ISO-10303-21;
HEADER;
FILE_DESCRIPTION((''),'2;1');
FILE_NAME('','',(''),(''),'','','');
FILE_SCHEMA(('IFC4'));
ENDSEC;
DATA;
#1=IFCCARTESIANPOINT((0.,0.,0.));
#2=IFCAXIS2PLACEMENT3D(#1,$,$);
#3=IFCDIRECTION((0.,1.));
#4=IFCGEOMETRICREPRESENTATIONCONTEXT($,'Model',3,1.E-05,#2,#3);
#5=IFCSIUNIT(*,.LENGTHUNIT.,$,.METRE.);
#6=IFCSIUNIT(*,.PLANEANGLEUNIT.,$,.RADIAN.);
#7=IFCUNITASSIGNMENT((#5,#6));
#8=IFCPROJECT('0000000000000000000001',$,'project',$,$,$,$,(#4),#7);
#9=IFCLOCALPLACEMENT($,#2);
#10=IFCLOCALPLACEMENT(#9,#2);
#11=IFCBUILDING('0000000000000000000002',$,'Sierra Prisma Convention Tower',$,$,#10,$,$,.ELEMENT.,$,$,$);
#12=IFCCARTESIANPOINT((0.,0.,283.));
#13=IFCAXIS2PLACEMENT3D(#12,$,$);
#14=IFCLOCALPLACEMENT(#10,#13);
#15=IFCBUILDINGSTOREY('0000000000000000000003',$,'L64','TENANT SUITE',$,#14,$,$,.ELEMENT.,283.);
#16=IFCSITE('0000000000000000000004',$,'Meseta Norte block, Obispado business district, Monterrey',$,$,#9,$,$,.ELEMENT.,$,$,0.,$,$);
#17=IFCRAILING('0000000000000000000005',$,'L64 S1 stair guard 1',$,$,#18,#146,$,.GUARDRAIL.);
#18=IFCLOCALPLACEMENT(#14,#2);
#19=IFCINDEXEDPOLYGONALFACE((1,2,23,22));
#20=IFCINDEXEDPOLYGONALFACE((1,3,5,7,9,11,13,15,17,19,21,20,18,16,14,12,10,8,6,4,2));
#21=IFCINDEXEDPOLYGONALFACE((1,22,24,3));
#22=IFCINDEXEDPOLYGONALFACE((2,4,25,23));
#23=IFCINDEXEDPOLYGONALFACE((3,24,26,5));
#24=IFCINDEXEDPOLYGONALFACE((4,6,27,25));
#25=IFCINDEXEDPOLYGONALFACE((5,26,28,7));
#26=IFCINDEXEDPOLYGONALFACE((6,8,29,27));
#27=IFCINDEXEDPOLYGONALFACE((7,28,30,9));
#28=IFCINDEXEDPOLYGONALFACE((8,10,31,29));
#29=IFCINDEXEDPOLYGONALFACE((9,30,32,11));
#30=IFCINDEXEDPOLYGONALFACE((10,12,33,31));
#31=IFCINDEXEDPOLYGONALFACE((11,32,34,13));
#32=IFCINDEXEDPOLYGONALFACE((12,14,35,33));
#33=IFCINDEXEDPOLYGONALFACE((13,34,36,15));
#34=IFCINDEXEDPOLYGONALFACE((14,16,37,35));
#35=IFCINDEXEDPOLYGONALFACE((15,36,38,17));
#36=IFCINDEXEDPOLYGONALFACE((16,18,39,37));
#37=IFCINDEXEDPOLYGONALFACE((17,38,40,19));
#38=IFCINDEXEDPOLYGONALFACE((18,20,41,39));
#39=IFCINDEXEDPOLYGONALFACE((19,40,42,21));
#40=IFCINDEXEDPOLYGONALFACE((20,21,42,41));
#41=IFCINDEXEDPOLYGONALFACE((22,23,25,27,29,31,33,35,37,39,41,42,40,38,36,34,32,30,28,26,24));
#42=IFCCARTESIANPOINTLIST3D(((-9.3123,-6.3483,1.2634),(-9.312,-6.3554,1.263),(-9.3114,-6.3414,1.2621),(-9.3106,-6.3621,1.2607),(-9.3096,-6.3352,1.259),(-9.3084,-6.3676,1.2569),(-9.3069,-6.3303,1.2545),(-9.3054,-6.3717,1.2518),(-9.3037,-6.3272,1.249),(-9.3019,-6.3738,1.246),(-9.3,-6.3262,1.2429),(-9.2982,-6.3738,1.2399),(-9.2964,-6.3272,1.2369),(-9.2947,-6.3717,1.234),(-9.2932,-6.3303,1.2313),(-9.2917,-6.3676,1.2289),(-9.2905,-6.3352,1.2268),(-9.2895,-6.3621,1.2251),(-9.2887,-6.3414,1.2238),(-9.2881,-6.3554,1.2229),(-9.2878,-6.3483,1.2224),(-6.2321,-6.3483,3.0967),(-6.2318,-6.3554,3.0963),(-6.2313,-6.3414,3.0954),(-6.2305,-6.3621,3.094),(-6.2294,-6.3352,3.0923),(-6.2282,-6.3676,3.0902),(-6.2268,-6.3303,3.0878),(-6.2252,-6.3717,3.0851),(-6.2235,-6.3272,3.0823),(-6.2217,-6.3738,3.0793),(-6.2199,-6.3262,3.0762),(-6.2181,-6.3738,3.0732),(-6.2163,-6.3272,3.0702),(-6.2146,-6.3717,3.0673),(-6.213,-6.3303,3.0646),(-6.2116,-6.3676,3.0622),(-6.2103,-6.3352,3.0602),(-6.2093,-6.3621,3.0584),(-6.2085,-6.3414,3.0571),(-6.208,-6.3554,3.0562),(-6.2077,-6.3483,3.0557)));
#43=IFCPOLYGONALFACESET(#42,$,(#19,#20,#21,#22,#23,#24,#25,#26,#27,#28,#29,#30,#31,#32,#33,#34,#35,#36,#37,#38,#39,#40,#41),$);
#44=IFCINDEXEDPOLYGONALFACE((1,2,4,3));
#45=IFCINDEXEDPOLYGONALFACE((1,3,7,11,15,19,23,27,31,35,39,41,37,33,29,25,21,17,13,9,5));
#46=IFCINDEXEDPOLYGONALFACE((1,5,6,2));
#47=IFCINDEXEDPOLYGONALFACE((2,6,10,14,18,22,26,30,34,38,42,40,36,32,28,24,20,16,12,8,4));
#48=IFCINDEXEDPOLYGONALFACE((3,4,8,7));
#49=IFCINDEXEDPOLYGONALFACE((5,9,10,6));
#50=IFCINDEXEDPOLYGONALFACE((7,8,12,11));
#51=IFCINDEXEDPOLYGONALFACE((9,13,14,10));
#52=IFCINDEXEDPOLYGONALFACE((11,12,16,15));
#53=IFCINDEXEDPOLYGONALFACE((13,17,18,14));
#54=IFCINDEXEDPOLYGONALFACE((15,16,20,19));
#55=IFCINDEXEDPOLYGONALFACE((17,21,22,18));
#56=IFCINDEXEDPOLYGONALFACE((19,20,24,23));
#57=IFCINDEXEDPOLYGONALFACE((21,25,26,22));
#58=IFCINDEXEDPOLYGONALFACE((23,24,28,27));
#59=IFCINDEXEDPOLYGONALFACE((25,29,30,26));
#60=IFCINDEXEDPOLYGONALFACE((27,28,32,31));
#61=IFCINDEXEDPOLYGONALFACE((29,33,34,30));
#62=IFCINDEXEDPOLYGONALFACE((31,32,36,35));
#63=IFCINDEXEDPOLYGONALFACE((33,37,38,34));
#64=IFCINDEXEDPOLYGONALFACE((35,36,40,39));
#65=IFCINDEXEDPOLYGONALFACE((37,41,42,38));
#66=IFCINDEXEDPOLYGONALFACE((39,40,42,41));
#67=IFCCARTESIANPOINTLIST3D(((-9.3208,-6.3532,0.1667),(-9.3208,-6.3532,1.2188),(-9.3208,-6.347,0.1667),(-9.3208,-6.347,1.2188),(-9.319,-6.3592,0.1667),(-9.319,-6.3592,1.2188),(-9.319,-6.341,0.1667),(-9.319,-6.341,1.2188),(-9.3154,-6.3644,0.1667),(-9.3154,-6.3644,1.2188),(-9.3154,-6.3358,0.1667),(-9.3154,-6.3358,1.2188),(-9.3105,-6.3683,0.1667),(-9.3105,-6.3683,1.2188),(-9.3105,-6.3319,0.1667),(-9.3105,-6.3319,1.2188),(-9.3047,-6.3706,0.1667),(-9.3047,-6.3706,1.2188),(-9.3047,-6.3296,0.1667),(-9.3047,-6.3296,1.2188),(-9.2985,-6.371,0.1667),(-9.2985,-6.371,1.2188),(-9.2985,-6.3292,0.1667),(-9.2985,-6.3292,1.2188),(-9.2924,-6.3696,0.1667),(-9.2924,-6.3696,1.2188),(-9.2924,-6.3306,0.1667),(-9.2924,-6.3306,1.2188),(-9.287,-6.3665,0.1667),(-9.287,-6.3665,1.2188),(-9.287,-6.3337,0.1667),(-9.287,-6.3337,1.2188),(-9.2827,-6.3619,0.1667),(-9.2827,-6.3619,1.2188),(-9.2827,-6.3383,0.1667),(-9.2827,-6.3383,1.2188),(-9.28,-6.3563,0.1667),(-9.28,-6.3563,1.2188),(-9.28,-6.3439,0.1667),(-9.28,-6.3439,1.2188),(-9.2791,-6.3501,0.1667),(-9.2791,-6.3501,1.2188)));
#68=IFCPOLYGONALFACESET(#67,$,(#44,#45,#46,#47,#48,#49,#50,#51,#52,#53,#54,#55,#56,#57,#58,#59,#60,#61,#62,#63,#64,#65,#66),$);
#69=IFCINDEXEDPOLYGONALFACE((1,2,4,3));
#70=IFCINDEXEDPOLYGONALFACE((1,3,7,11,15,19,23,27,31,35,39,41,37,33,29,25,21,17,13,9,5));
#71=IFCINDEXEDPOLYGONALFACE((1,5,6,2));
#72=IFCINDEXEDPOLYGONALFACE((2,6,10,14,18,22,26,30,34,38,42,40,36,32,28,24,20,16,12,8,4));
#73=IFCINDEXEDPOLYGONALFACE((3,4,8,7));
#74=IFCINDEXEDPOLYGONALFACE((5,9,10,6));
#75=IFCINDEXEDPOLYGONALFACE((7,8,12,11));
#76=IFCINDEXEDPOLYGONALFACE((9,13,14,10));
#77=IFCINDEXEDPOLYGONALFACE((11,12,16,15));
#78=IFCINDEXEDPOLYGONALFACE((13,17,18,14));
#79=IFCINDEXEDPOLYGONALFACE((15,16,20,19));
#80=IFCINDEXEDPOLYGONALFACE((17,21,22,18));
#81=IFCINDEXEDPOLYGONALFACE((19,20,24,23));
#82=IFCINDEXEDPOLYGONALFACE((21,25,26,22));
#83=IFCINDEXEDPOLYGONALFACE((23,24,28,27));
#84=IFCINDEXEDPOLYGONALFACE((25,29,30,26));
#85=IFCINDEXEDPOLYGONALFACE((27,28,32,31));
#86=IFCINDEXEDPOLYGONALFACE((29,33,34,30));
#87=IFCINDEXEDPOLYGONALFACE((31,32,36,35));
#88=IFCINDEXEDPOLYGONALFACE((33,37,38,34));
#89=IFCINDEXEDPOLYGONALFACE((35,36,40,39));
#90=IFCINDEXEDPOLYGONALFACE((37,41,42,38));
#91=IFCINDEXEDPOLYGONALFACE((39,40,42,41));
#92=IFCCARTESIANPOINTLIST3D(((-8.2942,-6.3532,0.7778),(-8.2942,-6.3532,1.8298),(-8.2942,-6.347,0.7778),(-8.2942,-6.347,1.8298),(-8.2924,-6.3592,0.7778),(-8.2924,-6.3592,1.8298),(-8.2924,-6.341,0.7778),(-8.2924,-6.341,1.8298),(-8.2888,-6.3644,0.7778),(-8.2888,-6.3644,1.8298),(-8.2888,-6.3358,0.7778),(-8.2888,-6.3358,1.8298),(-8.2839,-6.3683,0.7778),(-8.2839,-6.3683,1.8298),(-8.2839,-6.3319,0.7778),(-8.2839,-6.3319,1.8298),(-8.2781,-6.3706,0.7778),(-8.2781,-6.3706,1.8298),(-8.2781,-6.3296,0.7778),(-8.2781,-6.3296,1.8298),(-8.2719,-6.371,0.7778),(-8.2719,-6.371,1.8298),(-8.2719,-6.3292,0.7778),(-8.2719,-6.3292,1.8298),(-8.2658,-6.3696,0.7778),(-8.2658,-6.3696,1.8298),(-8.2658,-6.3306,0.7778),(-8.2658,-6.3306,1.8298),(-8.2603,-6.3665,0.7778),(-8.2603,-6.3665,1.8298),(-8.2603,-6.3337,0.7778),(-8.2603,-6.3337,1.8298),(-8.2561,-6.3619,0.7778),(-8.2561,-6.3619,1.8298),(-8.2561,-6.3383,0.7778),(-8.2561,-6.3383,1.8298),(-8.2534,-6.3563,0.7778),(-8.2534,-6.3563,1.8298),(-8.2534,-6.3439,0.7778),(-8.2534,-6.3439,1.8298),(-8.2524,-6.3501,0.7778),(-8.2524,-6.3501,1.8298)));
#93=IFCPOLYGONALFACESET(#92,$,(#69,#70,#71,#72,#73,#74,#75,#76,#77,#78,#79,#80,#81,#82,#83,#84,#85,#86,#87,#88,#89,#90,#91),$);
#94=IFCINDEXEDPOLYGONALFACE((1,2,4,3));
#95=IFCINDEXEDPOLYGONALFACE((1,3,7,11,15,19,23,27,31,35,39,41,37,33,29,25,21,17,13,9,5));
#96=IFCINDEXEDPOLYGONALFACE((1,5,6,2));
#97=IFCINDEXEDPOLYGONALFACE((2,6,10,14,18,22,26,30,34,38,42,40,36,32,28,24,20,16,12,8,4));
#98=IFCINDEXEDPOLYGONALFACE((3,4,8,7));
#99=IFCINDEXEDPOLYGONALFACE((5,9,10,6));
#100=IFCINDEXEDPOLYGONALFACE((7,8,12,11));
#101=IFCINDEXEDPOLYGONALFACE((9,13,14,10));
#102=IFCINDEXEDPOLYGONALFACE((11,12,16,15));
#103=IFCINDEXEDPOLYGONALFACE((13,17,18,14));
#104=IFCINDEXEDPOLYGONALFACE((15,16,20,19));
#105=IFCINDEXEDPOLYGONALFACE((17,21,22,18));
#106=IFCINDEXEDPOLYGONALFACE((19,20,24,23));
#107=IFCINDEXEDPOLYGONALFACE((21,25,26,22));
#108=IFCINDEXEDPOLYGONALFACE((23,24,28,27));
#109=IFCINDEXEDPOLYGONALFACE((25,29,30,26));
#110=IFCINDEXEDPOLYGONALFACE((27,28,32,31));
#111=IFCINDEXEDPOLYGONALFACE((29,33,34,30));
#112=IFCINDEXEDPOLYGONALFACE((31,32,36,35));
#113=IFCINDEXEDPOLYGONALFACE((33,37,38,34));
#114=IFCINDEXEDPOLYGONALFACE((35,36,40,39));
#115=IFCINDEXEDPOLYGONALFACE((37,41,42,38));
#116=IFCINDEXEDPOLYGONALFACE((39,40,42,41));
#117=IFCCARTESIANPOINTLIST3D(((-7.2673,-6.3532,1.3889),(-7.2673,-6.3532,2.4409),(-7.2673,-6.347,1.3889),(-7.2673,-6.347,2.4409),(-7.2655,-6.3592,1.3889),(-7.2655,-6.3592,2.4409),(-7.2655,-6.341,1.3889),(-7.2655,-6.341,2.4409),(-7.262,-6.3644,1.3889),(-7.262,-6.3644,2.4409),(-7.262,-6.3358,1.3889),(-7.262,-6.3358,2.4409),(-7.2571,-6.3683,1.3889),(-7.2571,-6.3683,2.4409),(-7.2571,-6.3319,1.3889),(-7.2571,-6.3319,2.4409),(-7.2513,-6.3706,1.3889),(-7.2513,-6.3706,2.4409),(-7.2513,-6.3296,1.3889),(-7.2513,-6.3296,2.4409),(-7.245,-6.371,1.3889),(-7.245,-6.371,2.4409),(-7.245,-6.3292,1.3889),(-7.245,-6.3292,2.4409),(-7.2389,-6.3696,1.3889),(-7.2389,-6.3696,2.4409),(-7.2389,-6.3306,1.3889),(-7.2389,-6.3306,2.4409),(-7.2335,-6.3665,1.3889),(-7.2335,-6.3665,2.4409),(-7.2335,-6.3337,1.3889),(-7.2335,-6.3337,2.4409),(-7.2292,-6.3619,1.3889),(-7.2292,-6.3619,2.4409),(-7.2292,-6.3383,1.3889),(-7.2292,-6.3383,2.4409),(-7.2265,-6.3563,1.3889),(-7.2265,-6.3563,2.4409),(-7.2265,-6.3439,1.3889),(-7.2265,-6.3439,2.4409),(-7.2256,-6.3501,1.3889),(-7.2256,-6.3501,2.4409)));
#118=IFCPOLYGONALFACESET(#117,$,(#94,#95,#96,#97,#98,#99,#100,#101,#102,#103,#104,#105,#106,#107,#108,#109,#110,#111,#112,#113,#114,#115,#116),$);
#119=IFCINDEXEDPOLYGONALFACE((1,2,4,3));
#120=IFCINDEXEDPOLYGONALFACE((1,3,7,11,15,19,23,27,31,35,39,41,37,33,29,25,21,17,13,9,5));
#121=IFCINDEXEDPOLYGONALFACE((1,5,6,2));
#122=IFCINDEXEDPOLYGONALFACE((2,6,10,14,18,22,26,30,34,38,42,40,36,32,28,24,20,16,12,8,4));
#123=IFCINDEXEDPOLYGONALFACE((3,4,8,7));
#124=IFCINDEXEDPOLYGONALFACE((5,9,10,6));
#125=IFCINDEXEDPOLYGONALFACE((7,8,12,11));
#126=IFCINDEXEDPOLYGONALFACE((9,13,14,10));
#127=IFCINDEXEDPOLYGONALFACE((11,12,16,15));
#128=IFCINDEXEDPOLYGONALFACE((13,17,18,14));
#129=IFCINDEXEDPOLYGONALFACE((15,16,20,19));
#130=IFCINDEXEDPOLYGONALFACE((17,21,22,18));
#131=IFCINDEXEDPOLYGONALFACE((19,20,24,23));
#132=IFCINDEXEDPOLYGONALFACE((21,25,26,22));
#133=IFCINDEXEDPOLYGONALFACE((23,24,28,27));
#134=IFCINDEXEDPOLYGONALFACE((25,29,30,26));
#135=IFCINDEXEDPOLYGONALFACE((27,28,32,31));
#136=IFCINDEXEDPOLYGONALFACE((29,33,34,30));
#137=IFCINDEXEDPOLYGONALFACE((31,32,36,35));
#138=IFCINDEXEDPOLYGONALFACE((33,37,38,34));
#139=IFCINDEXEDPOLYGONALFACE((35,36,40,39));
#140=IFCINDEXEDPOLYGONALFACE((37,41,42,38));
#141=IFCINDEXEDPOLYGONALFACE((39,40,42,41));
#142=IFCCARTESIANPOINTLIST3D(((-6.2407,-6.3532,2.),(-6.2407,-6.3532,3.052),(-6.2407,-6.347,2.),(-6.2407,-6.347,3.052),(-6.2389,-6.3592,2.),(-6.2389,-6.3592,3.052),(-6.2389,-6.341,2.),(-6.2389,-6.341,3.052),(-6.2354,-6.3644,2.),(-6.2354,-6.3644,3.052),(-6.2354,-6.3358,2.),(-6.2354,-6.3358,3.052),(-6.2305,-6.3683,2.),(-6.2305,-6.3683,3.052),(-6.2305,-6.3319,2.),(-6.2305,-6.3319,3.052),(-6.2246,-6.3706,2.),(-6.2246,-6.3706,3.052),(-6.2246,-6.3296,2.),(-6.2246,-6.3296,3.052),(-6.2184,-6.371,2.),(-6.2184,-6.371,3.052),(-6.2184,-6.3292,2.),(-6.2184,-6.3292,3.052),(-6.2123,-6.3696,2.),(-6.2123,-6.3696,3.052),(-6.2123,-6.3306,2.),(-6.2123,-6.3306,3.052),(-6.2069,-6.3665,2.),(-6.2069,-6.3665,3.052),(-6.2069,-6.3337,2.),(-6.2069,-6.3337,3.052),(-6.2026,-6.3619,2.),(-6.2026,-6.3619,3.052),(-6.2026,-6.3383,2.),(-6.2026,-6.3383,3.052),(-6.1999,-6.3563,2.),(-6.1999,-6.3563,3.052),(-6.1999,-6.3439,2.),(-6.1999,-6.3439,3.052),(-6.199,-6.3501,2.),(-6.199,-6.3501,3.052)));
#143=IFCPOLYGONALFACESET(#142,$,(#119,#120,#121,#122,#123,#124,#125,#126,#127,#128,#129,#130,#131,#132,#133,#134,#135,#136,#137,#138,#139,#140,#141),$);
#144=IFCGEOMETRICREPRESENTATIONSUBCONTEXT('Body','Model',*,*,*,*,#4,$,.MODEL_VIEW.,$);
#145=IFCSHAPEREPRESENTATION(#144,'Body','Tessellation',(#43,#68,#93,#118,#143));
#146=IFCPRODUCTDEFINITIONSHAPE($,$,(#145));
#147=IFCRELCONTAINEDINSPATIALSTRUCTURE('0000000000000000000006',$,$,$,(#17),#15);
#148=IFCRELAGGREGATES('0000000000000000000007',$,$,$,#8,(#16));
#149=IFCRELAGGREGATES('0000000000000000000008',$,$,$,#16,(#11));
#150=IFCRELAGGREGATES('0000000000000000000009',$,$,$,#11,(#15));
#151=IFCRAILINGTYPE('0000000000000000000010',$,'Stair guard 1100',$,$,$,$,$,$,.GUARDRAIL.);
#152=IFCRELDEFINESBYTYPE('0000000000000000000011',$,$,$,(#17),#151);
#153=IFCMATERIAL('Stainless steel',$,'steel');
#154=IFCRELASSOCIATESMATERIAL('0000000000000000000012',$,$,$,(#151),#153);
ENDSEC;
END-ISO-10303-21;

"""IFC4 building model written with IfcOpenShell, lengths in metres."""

from ifc_helpers import new_model, si_unit, direction, frame, origin, origin_2d, place, context, subcontext, project, spatial, circle, extrude, material, type_object, element, save


model = new_model("IFC4")

# Units and contexts
model_context = context("Model", 3, precision=1e-05, world=origin(), true_north=direction((0.0, 1.0)))
body_context = subcontext(model_context, "Body", "Model", "MODEL_VIEW")
ifc_project = project(units=[si_unit("LENGTHUNIT", "METRE"), si_unit("PLANEANGLEUNIT", "RADIAN")], contexts=[model_context])

# Site, building, storey
site_placement = place(None, origin())
site = spatial("IfcSite", under=ifc_project, at=site_placement, Name="Meseta Norte block, Obispado business district, Monterrey", CompositionType="ELEMENT", RefElevation=0.0)
building_placement = place(site_placement, origin())
building = spatial("IfcBuilding", under=site, at=building_placement, Name="Sierra Prisma Convention Tower", CompositionType="ELEMENT")
storey_placement = place(building_placement, frame((0.0, 0.0, 283.0)))
storey = spatial("IfcBuildingStorey", under=building, at=storey_placement, Name="L64", Description="TENANT SUITE", CompositionType="ELEMENT", Elevation=283.0)

# Railing
ifc_material_1 = material(Name="Stainless steel", Category="steel")
railing_type_1 = type_object("IfcRailingType", Name="Stair guard 1100", PredefinedType="GUARDRAIL", material=ifc_material_1)
railing_1_placement = place(storey_placement, frame((-9.3, -6.3501, 0.1667)))
element("IfcRailing", 1, at=railing_1_placement, inside=storey, type_object=railing_type_1, Name="L64 S1 stair guard 1", PredefinedType="GUARDRAIL", context=body_context, shape_type="SweptSolid", body=[
    extrude(circle(Radius=0.0239, at=origin_2d()), frame((0.0, 0.0, 1.0762), z_axis=(0.859309, 0.0, 0.511458), x_axis=(0.0, 1.0, 0.0)), (0.0, 0.0, 1.0), 3.5845),
    extrude(circle(Radius=0.021, at=origin_2d()), origin(), (0.0, 0.0, 1.0), 1.052),
    extrude(circle(Radius=0.021, at=origin_2d()), frame((1.0266, 0.0, 0.6111)), (0.0, 0.0, 1.0), 1.052),
    extrude(circle(Radius=0.021, at=origin_2d()), frame((2.0535, 0.0, 1.2222)), (0.0, 0.0, 1.0), 1.052),
    extrude(circle(Radius=0.021, at=origin_2d()), frame((3.0801, 0.0, 1.8333)), (0.0, 0.0, 1.0), 1.052),
])

save(model, "model.ifc")
